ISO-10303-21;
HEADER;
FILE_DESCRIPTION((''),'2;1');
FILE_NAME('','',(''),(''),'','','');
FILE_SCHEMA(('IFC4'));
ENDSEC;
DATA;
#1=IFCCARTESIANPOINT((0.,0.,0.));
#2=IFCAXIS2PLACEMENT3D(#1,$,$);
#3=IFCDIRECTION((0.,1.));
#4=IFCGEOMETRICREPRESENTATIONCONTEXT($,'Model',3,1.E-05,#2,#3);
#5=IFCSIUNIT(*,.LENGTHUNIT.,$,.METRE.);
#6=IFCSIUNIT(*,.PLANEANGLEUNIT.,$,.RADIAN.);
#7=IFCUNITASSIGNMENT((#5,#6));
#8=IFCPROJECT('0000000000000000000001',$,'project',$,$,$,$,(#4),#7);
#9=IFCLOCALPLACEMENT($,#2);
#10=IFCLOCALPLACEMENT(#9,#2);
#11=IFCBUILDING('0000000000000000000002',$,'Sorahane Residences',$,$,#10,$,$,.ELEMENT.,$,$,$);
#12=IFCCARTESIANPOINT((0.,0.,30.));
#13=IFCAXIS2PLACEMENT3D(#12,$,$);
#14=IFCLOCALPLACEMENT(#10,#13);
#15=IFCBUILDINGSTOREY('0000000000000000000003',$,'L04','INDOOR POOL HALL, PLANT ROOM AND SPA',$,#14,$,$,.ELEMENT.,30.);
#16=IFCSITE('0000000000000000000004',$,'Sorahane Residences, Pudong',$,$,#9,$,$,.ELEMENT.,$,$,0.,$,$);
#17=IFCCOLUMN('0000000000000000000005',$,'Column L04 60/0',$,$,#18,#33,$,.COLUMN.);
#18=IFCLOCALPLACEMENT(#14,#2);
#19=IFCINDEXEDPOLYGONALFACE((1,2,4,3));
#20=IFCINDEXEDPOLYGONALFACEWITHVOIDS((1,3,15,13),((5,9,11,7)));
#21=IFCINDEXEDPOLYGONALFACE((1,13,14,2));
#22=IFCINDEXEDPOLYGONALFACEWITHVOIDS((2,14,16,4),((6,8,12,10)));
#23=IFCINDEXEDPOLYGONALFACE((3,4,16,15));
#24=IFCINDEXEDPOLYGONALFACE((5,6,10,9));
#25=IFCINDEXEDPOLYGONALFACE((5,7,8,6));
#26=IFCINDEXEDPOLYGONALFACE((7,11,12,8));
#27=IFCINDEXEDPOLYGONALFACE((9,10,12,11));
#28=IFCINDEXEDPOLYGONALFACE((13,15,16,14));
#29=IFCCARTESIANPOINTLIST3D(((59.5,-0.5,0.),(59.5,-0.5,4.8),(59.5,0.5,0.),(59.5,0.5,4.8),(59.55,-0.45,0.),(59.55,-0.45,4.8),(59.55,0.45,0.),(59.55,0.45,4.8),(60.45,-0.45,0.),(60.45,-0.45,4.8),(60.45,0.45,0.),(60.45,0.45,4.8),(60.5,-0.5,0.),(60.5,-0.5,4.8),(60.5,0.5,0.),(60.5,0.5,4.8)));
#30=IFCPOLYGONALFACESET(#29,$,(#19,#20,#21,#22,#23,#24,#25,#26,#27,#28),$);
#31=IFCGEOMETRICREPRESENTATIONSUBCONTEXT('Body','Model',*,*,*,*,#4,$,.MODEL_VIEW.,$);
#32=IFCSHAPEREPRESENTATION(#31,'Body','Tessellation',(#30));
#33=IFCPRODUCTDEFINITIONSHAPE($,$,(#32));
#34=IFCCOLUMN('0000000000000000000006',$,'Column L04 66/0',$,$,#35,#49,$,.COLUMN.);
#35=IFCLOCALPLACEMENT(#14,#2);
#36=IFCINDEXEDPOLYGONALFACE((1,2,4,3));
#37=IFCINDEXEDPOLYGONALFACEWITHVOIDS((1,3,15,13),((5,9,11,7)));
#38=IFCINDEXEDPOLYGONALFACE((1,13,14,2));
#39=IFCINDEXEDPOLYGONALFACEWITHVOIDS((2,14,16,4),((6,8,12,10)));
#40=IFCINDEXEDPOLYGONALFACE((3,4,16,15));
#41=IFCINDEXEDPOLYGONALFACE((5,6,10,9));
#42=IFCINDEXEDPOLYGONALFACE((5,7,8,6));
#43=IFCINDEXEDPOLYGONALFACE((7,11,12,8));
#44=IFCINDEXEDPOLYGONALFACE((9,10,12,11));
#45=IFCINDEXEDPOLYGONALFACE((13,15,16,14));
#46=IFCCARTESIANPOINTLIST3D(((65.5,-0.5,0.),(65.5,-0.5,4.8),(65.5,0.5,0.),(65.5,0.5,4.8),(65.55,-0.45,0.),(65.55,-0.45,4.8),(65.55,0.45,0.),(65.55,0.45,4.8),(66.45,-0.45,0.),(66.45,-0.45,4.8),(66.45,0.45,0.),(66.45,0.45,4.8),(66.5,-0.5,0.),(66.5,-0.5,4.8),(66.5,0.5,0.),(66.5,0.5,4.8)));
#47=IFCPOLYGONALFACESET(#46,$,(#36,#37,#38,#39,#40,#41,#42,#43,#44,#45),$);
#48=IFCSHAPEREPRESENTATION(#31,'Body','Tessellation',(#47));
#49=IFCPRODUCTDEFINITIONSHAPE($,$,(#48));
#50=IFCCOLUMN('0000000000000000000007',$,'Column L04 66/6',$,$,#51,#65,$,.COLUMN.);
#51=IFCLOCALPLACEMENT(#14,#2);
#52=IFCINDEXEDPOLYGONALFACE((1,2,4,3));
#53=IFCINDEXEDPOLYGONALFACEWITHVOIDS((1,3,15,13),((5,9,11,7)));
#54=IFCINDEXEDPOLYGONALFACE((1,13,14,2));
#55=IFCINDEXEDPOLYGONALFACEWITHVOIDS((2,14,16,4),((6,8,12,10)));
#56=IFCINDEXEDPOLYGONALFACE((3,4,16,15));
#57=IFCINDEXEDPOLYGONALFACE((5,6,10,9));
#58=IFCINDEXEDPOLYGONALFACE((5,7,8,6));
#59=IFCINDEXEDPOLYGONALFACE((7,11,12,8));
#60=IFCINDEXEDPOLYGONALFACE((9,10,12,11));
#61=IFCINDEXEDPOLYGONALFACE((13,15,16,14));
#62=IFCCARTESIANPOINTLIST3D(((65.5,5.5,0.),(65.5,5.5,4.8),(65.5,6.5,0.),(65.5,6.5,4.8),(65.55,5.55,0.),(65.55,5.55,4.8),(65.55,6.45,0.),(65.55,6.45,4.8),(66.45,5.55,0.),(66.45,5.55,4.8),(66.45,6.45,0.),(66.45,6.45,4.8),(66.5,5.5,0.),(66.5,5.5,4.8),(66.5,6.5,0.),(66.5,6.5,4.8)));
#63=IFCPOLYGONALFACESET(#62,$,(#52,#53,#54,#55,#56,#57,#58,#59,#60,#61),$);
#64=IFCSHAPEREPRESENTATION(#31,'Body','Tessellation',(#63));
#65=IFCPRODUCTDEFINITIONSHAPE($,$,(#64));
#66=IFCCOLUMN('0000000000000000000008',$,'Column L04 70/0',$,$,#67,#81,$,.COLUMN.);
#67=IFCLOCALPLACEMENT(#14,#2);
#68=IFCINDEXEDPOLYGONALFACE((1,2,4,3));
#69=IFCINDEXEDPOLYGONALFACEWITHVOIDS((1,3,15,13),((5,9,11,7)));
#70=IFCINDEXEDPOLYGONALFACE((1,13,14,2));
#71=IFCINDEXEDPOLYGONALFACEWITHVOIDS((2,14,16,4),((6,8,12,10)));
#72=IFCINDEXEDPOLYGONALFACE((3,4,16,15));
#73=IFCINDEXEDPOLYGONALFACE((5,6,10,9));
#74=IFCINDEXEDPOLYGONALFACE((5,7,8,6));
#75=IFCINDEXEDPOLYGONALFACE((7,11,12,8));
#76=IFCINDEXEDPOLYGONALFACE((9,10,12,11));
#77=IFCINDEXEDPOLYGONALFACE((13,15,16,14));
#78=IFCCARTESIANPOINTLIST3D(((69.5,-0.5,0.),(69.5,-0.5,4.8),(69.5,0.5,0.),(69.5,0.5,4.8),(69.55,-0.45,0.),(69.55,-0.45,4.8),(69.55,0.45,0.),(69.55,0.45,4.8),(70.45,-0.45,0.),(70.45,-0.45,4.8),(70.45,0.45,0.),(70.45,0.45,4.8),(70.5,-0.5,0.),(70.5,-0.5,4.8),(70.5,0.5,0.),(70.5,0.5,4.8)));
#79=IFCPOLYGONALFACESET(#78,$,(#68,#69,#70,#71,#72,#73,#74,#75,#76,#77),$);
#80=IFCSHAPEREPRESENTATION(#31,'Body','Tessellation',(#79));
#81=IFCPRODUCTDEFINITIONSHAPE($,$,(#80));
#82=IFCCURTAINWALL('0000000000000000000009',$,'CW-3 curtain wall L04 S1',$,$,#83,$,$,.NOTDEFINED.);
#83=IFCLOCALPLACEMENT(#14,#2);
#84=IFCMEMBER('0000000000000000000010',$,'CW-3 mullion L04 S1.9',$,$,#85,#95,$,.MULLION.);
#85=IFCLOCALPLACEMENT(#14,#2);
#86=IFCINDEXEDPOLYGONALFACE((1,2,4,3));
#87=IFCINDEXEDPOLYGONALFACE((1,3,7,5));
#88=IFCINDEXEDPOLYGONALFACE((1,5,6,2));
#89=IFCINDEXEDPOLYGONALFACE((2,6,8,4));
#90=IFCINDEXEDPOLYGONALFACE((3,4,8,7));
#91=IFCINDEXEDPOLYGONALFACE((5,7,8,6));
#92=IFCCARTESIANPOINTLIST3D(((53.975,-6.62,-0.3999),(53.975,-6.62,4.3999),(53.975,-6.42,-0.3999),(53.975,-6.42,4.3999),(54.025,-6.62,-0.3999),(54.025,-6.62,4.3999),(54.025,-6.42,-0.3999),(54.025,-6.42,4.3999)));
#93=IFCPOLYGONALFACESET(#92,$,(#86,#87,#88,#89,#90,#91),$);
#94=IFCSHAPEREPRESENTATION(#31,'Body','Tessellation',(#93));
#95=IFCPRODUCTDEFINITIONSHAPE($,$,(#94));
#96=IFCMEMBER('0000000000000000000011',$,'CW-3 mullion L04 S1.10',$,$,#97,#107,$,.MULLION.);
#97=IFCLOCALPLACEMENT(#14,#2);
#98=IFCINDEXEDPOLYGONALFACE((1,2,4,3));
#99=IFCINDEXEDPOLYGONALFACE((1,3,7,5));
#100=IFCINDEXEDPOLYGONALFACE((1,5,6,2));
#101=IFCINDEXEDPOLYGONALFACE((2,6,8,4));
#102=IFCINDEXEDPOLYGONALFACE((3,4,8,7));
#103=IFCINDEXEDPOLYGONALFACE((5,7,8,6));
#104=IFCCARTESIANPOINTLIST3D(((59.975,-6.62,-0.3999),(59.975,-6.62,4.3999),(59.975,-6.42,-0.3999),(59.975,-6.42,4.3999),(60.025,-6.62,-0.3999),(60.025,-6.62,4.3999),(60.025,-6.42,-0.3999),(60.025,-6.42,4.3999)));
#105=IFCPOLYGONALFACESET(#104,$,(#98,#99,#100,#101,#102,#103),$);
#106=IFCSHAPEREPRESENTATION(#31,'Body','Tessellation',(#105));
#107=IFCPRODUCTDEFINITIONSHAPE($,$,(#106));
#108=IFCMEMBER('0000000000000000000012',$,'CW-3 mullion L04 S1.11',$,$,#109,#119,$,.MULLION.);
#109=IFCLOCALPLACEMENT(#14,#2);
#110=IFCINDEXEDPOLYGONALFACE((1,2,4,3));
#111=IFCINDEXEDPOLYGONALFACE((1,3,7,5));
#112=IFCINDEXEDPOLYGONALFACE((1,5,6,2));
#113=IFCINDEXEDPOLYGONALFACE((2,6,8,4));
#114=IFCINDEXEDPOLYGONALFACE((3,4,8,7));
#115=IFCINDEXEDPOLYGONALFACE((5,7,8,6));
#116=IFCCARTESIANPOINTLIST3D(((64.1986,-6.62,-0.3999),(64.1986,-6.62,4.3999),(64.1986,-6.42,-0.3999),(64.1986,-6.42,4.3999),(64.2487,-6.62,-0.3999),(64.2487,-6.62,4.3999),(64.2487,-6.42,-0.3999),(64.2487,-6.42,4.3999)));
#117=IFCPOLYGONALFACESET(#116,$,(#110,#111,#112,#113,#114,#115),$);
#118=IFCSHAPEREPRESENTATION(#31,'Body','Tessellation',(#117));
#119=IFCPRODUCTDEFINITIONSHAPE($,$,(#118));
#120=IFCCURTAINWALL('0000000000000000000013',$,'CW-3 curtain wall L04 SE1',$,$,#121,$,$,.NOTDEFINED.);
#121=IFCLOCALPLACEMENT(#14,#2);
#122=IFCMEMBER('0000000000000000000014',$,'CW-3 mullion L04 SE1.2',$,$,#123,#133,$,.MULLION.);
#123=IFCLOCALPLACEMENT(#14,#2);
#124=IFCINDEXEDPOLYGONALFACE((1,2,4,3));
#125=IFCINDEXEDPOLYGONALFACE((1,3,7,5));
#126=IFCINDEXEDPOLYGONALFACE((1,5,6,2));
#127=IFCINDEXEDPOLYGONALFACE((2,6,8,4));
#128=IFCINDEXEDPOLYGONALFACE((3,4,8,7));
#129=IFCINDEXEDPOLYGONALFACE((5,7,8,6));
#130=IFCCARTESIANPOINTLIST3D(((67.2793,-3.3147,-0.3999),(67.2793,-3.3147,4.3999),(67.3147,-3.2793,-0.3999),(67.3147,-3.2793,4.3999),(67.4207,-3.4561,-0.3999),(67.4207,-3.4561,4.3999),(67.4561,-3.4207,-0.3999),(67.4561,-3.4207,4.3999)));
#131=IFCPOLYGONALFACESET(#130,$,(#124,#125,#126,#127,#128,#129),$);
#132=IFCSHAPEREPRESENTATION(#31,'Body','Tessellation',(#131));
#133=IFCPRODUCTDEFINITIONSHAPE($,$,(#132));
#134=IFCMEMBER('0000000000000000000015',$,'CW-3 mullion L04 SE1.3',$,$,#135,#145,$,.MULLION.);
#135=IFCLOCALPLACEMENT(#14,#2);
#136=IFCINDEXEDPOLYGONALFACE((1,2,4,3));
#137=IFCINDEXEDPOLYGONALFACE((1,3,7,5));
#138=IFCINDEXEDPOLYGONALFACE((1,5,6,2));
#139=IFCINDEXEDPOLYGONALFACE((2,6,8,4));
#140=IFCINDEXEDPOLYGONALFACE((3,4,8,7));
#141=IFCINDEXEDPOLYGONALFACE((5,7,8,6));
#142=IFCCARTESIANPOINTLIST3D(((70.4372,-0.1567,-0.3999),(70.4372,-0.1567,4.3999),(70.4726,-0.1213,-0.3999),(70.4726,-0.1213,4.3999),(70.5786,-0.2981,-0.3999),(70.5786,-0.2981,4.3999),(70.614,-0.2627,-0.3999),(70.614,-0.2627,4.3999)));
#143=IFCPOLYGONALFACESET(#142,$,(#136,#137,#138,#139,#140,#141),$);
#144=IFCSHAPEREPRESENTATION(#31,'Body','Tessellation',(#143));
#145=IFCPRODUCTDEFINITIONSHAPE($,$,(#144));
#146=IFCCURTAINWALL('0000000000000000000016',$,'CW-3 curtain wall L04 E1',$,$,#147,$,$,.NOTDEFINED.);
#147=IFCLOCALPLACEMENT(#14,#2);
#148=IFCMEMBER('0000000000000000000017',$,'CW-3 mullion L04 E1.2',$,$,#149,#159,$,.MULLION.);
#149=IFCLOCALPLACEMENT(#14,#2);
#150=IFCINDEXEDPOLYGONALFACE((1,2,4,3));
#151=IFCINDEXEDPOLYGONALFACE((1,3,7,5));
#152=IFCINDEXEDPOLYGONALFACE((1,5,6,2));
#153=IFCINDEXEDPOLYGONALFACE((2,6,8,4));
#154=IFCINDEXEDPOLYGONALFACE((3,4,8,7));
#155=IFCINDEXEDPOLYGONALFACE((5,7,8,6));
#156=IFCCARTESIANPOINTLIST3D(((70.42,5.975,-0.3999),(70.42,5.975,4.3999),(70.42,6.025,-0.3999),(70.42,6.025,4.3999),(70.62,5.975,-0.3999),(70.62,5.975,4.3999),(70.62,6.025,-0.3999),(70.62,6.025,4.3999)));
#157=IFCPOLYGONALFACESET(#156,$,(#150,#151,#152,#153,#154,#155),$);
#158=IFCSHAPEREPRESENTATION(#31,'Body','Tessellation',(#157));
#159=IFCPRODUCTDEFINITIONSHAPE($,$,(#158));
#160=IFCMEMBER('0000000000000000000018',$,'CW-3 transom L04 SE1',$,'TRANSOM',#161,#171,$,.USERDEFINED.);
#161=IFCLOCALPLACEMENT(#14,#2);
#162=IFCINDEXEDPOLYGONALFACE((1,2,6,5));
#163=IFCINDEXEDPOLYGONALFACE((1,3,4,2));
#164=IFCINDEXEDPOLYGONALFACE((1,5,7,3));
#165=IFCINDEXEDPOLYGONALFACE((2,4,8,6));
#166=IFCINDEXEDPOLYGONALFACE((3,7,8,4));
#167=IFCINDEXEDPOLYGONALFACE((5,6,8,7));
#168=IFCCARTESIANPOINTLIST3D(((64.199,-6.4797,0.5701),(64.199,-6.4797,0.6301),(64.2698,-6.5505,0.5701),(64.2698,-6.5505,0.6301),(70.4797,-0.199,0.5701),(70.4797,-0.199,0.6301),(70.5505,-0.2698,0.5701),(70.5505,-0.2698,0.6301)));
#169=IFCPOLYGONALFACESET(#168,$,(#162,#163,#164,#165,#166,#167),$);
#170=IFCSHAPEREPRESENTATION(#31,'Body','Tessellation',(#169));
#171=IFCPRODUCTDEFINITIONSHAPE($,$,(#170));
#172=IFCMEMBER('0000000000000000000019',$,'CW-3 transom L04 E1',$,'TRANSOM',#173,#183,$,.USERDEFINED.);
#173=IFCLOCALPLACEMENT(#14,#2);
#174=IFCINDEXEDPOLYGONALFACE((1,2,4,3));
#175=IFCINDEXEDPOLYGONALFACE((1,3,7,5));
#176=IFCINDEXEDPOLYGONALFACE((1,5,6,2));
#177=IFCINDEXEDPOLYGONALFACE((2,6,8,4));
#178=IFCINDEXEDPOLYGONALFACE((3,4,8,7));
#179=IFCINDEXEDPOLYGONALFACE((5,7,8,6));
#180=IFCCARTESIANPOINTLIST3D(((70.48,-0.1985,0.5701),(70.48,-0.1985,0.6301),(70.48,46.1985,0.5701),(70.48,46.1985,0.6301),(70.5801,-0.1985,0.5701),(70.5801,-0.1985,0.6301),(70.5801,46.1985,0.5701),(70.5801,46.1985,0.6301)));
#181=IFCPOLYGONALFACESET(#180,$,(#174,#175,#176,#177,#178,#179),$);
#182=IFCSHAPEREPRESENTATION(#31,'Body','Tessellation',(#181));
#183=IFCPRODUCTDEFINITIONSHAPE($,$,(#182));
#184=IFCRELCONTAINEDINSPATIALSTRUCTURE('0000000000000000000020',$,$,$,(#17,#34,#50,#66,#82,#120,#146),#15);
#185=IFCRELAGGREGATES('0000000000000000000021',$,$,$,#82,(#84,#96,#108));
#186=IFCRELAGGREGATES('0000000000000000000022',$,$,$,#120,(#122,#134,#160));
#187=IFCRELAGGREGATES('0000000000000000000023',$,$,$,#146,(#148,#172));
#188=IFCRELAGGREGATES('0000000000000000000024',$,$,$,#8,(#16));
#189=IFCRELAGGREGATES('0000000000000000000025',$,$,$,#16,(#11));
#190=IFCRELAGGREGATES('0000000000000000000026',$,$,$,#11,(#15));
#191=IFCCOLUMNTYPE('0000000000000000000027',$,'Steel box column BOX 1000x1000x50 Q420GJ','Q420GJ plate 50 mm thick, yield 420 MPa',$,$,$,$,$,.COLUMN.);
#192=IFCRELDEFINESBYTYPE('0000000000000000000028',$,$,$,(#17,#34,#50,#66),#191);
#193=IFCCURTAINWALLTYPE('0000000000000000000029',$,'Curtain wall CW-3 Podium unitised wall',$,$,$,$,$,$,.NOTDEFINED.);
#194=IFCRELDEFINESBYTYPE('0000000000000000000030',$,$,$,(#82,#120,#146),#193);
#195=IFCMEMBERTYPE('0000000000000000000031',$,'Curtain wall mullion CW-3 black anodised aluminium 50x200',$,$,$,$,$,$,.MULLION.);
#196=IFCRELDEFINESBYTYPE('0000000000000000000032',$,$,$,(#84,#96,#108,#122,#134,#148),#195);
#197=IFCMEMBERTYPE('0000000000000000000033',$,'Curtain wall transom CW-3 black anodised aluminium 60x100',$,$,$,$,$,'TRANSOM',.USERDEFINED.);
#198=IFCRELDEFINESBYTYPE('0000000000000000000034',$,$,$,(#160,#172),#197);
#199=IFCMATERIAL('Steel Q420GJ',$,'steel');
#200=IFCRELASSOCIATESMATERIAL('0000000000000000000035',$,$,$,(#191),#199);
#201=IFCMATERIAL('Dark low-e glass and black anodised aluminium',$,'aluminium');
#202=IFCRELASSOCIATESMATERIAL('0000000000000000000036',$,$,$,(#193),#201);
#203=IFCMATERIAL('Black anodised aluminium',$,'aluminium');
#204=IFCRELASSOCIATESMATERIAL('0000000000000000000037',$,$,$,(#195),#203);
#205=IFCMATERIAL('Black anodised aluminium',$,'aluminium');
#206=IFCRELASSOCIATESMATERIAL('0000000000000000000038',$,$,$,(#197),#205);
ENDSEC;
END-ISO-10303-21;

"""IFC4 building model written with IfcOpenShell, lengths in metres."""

from ifc_helpers import new_model, si_unit, direction, frame, origin, origin_2d, place, context, subcontext, project, spatial, rectangle, hollow_rectangle, extrude, material, material_profile, profile_set, type_object, element, aggregate, save


model = new_model("IFC4")

# Units and contexts
model_context = context("Model", 3, precision=1e-05, world=origin(), true_north=direction((0.0, 1.0)))
body_context = subcontext(model_context, "Body", "Model", "MODEL_VIEW")
ifc_project = project(units=[si_unit("LENGTHUNIT", "METRE"), si_unit("PLANEANGLEUNIT", "RADIAN")], contexts=[model_context])

# Site, building, storey
site_placement = place(None, origin())
site = spatial("IfcSite", under=ifc_project, at=site_placement, Name="Sorahane Residences, Pudong", CompositionType="ELEMENT", RefElevation=0.0)
building_placement = place(site_placement, origin())
building = spatial("IfcBuilding", under=site, at=building_placement, Name="Sorahane Residences", CompositionType="ELEMENT")
storey_placement = place(building_placement, frame((0.0, 0.0, 30.0)))
storey = spatial("IfcBuildingStorey", under=building, at=storey_placement, Name="L04", Description="INDOOR POOL HALL, PLANT ROOM AND SPA", CompositionType="ELEMENT", Elevation=30.0)

# Columns
ifc_material_1 = material(Name="Steel Q420GJ", Category="steel")
ifc_material_profile_1 = material_profile(ifc_material_1, hollow_rectangle(XDim=1.0, YDim=1.0, WallThickness=0.05, at=origin_2d()), Name="BOX 1000x1000x50")
ifc_profile_set_1 = profile_set([ifc_material_profile_1], Name="Steel Q420GJ")
column_type = type_object("IfcColumnType", Name="Steel box column BOX 1000x1000x50 Q420GJ", Description="Q420GJ plate 50 mm thick, yield 420 MPa", PredefinedType="COLUMN", material=ifc_profile_set_1)
for number, where, z_axis, x_axis, name in (
    (1, (60.0, 0.0, 0.0), (0.0, 0.0, 1.0), (1.0, 0.0, 0.0), "Column L04 60/0"),
    (2, (66.0, 0.0, 0.0), (0.0, 0.0, 1.0), (1.0, 0.0, 0.0), "Column L04 66/0"),
    (3, (66.0, 6.0, 0.0), (0.0, 0.0, 1.0), (1.0, 0.0, 0.0), "Column L04 66/6"),
    (4, (70.0, 0.0, 0.0), (0.0, 0.0, 1.0), (1.0, 0.0, 0.0), "Column L04 70/0"),
):
    element("IfcColumn", number, at=place(storey_placement, frame(where, z_axis=z_axis, x_axis=x_axis)), inside=storey, type_object=column_type, Name=name, PredefinedType="COLUMN", context=body_context, shape_type="SweptSolid", body=[
        extrude(hollow_rectangle(XDim=1.0, YDim=1.0, WallThickness=0.05, at=origin_2d()), origin(), (0.0, 0.0, 1.0), 4.8),
    ])

# Curtain walls, members
ifc_material_2 = material(Name="Dark low-e glass and black anodised aluminium", Category="aluminium")
curtain_wall_type = type_object("IfcCurtainWallType", Name="Curtain wall CW-3 Podium unitised wall", PredefinedType="NOTDEFINED", material=ifc_material_2)
curtain_wall_1_placement = place(storey_placement, origin())
curtain_wall_1 = element("IfcCurtainWall", 5, at=curtain_wall_1_placement, inside=storey, type_object=curtain_wall_type, Name="CW-3 curtain wall L04 S1", PredefinedType="NOTDEFINED")
ifc_material_3 = material(Name="Black anodised aluminium", Category="aluminium")
ifc_material_profile_2 = material_profile(ifc_material_3, rectangle(XDim=0.2, YDim=0.05, at=origin_2d()), Name="Curtain wall mullion CW-3 black anodised aluminium 50x200")
ifc_profile_set_2 = profile_set([ifc_material_profile_2], Name="Black anodised aluminium")
member_type_1 = type_object("IfcMemberType", Name="Curtain wall mullion CW-3 black anodised aluminium 50x200", PredefinedType="MULLION", material=ifc_profile_set_2)
member_1_placement = place(storey_placement, frame((54.0, -6.52, -0.3999), z_axis=(0.0, 0.0, 1.0), x_axis=(0.0, -1.0, 0.0)))
member_1 = element("IfcMember", 6, at=member_1_placement, type_object=member_type_1, Name="CW-3 mullion L04 S1.9", PredefinedType="MULLION", context=body_context, shape_type="SweptSolid", body=[
    extrude(rectangle(XDim=0.2, YDim=0.05, at=origin_2d()), origin(), (0.0, 0.0, 1.0), 4.7998),
])
member_2_placement = place(storey_placement, frame((60.0, -6.52, -0.3999), z_axis=(0.0, 0.0, 1.0), x_axis=(0.0, -1.0, 0.0)))
member_2 = element("IfcMember", 7, at=member_2_placement, type_object=member_type_1, Name="CW-3 mullion L04 S1.10", PredefinedType="MULLION", context=body_context, shape_type="SweptSolid", body=[
    extrude(rectangle(XDim=0.2, YDim=0.05, at=origin_2d()), origin(), (0.0, 0.0, 1.0), 4.7998),
])
member_3_placement = place(storey_placement, frame((64.2236, -6.52, -0.3999), z_axis=(0.0, 0.0, 1.0), x_axis=(0.0, -1.0, 0.0)))
member_3 = element("IfcMember", 8, at=member_3_placement, type_object=member_type_1, Name="CW-3 mullion L04 S1.11", PredefinedType="MULLION", context=body_context, shape_type="SweptSolid", body=[
    extrude(rectangle(XDim=0.2, YDim=0.05, at=origin_2d()), origin(), (0.0, 0.0, 1.0), 4.7998),
])
curtain_wall_2_placement = place(storey_placement, origin())
curtain_wall_2 = element("IfcCurtainWall", 9, at=curtain_wall_2_placement, inside=storey, type_object=curtain_wall_type, Name="CW-3 curtain wall L04 SE1", PredefinedType="NOTDEFINED")
member_4_placement = place(storey_placement, frame((67.3677, -3.3677, -0.3999), z_axis=(0.0, 0.0, 1.0), x_axis=(0.707107, -0.707107, 0.0)))
member_4 = element("IfcMember", 10, at=member_4_placement, type_object=member_type_1, Name="CW-3 mullion L04 SE1.2", PredefinedType="MULLION", context=body_context, shape_type="SweptSolid", body=[
    extrude(rectangle(XDim=0.2, YDim=0.05, at=origin_2d()), origin(), (0.0, 0.0, 1.0), 4.7998),
])
member_5_placement = place(storey_placement, frame((70.5256, -0.2097, -0.3999), z_axis=(0.0, 0.0, 1.0), x_axis=(0.707107, -0.707107, 0.0)))
member_5 = element("IfcMember", 11, at=member_5_placement, type_object=member_type_1, Name="CW-3 mullion L04 SE1.3", PredefinedType="MULLION", context=body_context, shape_type="SweptSolid", body=[
    extrude(rectangle(XDim=0.2, YDim=0.05, at=origin_2d()), origin(), (0.0, 0.0, 1.0), 4.7998),
])

# Curtain wall, member
curtain_wall_3_placement = place(storey_placement, origin())
curtain_wall_3 = element("IfcCurtainWall", 12, at=curtain_wall_3_placement, inside=storey, type_object=curtain_wall_type, Name="CW-3 curtain wall L04 E1", PredefinedType="NOTDEFINED")
member_6_placement = place(storey_placement, frame((70.52, 6.0, -0.3999), z_axis=(0.0, 0.0, 1.0), x_axis=(1.0, 0.0, 0.0)))
member_6 = element("IfcMember", 13, at=member_6_placement, type_object=member_type_1, Name="CW-3 mullion L04 E1.2", PredefinedType="MULLION", context=body_context, shape_type="SweptSolid", body=[
    extrude(rectangle(XDim=0.2, YDim=0.05, at=origin_2d()), origin(), (0.0, 0.0, 1.0), 4.7998),
])

# Members
ifc_material_4 = material(Name="Black anodised aluminium", Category="aluminium")
ifc_material_profile_3 = material_profile(ifc_material_4, rectangle(XDim=0.1001, YDim=0.0601, at=origin_2d()), Name="Curtain wall transom CW-3 black anodised aluminium 60x100")
ifc_profile_set_3 = profile_set([ifc_material_profile_3], Name="Black anodised aluminium")
member_type_2 = type_object("IfcMemberType", Name="Curtain wall transom CW-3 black anodised aluminium 60x100", ElementType="TRANSOM", PredefinedType="USERDEFINED", material=ifc_profile_set_3)
member_7_placement = place(storey_placement, frame((64.2344, -6.5151, 0.6001), z_axis=(0.707107, 0.707107, 0.0), x_axis=(-0.707107, 0.707107, 0.0)))
member_7 = element("IfcMember", 14, at=member_7_placement, type_object=member_type_2, Name="CW-3 transom L04 SE1", ObjectType="TRANSOM", PredefinedType="USERDEFINED", context=body_context, shape_type="SweptSolid", body=[
    extrude(rectangle(XDim=0.1001, YDim=0.0601, at=origin_2d()), origin(), (0.0, 0.0, 1.0), 8.8823),
])
member_8_placement = place(storey_placement, frame((70.53, -0.1985, 0.6001), z_axis=(0.0, 1.0, 0.0), x_axis=(-1.0, 0.0, 0.0)))
member_8 = element("IfcMember", 15, at=member_8_placement, type_object=member_type_2, Name="CW-3 transom L04 E1", ObjectType="TRANSOM", PredefinedType="USERDEFINED", context=body_context, shape_type="SweptSolid", body=[
    extrude(rectangle(XDim=0.1001, YDim=0.0601, at=origin_2d()), origin(), (0.0, 0.0, 1.0), 46.397),
])

aggregate(curtain_wall_1, [member_1, member_2, member_3])
aggregate(curtain_wall_2, [member_4, member_5, member_7])
aggregate(curtain_wall_3, [member_6, member_8])

save(model, "model.ifc")
